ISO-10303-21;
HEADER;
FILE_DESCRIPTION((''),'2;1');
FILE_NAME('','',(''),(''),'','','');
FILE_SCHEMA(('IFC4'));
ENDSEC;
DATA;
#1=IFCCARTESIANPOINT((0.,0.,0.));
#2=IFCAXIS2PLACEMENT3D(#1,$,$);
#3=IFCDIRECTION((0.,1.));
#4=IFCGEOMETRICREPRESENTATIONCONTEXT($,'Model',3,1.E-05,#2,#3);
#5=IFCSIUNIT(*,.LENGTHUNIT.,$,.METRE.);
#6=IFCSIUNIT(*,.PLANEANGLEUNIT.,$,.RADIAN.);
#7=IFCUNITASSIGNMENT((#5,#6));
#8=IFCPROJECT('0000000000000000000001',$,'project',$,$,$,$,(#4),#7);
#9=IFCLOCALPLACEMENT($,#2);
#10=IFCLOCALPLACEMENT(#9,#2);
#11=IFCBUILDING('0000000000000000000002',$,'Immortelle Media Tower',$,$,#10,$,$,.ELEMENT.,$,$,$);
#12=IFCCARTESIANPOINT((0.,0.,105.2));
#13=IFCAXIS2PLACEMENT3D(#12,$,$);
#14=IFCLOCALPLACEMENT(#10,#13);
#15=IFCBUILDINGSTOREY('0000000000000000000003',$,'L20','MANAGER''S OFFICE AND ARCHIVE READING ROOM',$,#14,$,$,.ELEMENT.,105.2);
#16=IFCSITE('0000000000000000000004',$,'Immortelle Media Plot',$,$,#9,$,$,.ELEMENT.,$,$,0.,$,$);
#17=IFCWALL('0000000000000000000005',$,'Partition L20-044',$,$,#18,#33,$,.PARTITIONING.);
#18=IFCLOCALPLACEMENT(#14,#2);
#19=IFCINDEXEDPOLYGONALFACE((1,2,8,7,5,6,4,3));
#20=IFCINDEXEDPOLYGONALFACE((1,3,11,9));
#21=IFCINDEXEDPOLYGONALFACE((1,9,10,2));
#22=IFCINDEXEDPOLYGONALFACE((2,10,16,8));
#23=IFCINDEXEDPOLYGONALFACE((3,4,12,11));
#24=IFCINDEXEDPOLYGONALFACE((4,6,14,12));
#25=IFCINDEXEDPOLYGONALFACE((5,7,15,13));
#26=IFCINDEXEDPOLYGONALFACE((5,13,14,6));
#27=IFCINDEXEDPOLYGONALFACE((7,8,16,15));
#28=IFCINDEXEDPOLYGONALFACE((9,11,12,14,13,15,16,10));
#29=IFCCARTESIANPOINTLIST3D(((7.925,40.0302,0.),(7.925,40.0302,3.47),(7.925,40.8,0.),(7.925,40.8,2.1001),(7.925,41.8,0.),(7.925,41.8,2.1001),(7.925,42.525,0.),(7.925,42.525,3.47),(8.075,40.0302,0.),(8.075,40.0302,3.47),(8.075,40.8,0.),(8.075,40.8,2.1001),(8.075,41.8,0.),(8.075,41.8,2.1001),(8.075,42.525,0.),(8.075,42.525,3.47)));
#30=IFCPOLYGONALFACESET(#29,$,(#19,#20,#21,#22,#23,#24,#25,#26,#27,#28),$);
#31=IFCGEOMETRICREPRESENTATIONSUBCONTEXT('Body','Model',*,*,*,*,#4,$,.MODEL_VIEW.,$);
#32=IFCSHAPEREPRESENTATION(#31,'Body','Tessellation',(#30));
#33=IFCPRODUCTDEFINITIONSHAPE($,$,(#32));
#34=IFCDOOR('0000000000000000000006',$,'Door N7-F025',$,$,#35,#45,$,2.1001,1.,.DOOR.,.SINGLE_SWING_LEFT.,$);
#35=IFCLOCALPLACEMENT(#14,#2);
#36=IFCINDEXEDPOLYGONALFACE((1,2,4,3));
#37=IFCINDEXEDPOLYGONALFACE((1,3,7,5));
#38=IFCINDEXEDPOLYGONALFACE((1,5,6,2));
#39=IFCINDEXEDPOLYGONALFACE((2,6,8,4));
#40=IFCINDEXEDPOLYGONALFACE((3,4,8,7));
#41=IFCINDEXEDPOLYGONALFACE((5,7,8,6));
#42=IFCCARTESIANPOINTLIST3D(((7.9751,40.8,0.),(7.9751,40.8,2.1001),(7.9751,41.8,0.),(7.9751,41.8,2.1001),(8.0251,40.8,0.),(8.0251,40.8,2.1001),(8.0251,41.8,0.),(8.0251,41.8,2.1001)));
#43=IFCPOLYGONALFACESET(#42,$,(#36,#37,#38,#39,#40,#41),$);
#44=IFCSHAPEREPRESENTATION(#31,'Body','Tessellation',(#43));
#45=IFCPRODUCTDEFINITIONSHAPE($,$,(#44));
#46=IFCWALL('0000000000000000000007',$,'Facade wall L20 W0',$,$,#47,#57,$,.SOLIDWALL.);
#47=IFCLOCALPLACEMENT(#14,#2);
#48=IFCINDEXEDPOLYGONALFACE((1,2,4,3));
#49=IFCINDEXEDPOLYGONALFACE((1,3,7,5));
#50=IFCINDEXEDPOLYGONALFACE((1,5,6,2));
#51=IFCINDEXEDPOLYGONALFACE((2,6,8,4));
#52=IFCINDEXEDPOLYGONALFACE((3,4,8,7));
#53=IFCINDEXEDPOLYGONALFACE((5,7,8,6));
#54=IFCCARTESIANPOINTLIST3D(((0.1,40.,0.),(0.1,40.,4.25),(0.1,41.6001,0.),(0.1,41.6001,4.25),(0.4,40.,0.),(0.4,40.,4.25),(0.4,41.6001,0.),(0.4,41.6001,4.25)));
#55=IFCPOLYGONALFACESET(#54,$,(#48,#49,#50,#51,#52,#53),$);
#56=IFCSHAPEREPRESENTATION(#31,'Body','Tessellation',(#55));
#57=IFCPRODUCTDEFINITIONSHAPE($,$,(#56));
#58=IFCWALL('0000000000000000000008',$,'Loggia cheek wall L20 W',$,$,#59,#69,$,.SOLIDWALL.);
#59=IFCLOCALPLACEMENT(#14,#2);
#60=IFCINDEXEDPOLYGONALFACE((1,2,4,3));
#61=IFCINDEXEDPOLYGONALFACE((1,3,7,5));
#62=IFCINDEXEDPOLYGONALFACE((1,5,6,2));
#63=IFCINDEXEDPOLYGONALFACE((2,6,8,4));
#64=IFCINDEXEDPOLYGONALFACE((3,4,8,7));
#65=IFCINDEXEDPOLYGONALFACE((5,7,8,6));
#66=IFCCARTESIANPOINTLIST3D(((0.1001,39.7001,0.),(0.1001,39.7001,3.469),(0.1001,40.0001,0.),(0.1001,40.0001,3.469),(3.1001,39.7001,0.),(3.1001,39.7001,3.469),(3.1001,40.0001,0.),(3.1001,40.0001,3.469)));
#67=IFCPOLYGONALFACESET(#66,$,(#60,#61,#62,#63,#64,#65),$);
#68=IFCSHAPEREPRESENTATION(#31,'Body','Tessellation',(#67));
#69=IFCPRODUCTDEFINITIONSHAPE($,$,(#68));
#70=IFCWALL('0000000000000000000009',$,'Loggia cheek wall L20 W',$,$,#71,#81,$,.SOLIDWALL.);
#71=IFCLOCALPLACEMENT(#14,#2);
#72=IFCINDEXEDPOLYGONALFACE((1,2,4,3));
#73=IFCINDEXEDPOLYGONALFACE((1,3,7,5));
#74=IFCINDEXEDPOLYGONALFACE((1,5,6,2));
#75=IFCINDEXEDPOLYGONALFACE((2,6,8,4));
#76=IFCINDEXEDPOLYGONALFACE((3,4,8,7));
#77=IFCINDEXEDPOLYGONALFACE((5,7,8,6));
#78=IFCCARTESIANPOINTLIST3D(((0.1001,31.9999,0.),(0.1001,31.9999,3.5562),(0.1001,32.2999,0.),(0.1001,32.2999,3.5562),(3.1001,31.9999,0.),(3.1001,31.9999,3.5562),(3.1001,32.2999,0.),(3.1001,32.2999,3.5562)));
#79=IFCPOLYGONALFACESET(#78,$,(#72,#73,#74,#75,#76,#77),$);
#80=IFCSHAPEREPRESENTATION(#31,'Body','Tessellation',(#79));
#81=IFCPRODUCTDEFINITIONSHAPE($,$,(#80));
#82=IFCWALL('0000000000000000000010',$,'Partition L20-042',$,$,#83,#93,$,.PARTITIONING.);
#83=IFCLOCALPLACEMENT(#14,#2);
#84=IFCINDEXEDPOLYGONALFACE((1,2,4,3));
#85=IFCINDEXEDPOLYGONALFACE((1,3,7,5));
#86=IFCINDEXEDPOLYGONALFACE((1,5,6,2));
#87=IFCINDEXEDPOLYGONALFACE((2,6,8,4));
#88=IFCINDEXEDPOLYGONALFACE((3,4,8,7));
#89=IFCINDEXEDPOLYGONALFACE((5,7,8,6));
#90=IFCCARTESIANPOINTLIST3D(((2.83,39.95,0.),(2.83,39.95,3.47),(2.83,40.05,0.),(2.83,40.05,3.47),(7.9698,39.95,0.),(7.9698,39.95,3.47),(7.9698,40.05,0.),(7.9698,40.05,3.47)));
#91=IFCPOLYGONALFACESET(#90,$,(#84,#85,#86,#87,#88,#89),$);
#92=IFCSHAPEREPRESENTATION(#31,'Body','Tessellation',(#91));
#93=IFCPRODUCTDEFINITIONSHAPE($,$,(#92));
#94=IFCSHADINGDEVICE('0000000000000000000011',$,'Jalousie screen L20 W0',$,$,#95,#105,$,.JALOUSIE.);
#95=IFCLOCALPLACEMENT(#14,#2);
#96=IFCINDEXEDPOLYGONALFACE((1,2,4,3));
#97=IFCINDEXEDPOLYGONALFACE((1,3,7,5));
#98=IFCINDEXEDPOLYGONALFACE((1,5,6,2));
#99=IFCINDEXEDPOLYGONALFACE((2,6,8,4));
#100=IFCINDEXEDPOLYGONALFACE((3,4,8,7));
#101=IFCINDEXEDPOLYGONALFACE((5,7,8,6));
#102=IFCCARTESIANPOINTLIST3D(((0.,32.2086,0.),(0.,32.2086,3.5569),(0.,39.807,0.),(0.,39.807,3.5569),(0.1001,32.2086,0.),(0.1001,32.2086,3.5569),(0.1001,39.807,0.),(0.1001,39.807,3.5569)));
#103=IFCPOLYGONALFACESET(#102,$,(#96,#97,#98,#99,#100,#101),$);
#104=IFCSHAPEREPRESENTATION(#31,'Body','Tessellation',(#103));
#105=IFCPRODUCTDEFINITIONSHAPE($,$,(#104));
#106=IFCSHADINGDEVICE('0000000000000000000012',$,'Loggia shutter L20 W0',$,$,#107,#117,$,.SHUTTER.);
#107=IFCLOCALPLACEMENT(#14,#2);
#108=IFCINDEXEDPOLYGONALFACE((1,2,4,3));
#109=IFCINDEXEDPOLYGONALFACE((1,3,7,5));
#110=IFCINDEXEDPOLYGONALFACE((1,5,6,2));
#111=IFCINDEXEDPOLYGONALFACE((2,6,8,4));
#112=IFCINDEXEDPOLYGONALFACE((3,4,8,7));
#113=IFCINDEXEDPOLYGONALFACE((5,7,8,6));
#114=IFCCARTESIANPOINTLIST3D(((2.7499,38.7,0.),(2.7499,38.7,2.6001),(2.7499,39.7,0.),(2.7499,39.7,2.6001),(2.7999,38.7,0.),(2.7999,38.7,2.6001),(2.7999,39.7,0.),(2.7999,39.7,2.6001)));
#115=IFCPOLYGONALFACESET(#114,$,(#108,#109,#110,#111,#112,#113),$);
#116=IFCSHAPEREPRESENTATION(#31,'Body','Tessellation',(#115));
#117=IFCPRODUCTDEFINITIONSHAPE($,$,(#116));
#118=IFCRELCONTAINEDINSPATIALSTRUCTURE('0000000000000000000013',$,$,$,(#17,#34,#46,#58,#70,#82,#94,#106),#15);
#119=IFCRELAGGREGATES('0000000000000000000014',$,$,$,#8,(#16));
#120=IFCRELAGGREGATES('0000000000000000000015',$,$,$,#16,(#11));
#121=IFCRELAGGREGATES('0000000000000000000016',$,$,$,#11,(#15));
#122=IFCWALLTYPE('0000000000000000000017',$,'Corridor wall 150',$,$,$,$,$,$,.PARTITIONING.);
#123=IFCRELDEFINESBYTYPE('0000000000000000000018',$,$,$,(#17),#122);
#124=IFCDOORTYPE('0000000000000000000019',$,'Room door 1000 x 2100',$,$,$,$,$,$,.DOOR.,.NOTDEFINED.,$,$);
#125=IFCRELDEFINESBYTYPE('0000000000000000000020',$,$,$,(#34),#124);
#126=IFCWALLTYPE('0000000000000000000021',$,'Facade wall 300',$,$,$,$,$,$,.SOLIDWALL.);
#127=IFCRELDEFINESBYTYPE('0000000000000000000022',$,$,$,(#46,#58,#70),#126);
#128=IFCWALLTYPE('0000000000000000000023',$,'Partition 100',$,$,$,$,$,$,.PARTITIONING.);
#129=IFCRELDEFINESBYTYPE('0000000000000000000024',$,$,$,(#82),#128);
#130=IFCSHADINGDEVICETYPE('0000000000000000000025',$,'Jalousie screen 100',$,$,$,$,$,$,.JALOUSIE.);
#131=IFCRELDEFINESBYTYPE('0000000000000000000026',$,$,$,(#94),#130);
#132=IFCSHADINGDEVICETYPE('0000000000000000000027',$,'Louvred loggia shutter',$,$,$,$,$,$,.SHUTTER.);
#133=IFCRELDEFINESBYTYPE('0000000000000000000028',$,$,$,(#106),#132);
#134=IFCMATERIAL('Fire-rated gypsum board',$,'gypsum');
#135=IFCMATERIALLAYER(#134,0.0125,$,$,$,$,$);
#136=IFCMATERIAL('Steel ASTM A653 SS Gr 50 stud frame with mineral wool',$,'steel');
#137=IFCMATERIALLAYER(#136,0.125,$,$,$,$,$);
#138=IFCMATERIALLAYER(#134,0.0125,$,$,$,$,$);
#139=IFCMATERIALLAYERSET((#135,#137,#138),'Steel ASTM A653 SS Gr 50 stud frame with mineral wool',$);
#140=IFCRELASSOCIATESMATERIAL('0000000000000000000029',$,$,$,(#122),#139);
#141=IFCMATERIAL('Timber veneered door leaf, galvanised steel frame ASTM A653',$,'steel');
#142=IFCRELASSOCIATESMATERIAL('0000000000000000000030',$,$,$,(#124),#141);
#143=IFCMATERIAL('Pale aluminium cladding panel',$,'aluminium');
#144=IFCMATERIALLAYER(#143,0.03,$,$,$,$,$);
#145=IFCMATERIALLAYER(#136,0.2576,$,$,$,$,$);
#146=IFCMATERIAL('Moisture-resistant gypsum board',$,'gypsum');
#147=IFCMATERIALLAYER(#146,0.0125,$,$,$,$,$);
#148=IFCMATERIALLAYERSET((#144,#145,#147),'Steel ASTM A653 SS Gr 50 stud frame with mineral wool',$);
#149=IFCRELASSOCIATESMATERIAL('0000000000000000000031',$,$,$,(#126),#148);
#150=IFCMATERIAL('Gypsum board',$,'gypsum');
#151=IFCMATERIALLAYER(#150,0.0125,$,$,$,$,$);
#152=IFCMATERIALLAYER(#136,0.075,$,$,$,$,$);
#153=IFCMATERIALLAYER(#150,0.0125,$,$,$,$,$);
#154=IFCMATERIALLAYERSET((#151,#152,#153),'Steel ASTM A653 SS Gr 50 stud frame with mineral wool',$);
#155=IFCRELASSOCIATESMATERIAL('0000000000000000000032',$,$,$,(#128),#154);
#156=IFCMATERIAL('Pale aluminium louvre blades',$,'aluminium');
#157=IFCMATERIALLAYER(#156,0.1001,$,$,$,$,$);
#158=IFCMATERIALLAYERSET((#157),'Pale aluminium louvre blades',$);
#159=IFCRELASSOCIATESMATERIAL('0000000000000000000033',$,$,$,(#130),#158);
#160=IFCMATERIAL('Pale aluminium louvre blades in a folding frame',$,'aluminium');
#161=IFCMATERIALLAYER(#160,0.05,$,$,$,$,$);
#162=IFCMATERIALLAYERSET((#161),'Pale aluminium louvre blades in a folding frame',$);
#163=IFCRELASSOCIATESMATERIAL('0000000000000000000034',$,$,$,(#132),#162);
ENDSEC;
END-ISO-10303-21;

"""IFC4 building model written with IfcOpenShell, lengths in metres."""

from ifc_helpers import new_model, si_unit, direction, frame, frame_2d, origin, origin_2d, place, context, subcontext, project, spatial, rectangle, extrude, material, layer, layer_set, type_object, element, fill, save


model = new_model("IFC4")

# Units and contexts
model_context = context("Model", 3, precision=1e-05, world=origin(), true_north=direction((0.0, 1.0)))
body_context = subcontext(model_context, "Body", "Model", "MODEL_VIEW")
ifc_project = project(units=[si_unit("LENGTHUNIT", "METRE"), si_unit("PLANEANGLEUNIT", "RADIAN")], contexts=[model_context])

# Site, building, storey
site_placement = place(None, origin())
site = spatial("IfcSite", under=ifc_project, at=site_placement, Name="Immortelle Media Plot", CompositionType="ELEMENT", RefElevation=0.0)
building_placement = place(site_placement, origin())
building = spatial("IfcBuilding", under=site, at=building_placement, Name="Immortelle Media Tower", CompositionType="ELEMENT")
storey_placement = place(building_placement, frame((0.0, 0.0, 105.2)))
storey = spatial("IfcBuildingStorey", under=building, at=storey_placement, Name="L20", Description="MANAGER'S OFFICE AND ARCHIVE READING ROOM", CompositionType="ELEMENT", Elevation=105.2)

# Wall, opening, door
ifc_material_1 = material(Name="Fire-rated gypsum board", Category="gypsum")
ifc_layer_1 = layer(ifc_material_1, 0.0125)
ifc_material_2 = material(Name="Steel ASTM A653 SS Gr 50 stud frame with mineral wool", Category="steel")
ifc_layer_2 = layer(ifc_material_2, 0.125)
ifc_layer_3 = layer(ifc_material_1, 0.0125)
ifc_layer_set_1 = layer_set([ifc_layer_1, ifc_layer_2, ifc_layer_3], Name="Steel ASTM A653 SS Gr 50 stud frame with mineral wool")
wall_type_1 = type_object("IfcWallType", Name="Corridor wall 150", PredefinedType="PARTITIONING", material=ifc_layer_set_1)
wall_1_placement = place(storey_placement, frame((8.0, 40.03, 0.0), z_axis=(0.0, 0.0, 1.0), x_axis=(0.0, 1.0, 0.0)))
wall_1 = element("IfcWall", 1, at=wall_1_placement, inside=storey, type_object=wall_type_1, Name="Partition L20-044", PredefinedType="PARTITIONING", context=body_context, shape_type="SweptSolid", body=[
    extrude(rectangle(XDim=2.4949, YDim=0.1499, at=frame_2d((1.2476, 0.0))), origin(), (0.0, 0.0, 1.0), 3.47),
])
opening_1_placement = place(wall_1_placement, frame((0.77, 0.0, 0.0)))
opening_1 = element("IfcOpeningElement", 2, at=opening_1_placement, cuts=wall_1, PredefinedType="OPENING", context=body_context, shape_type="SweptSolid", body=[
    extrude(rectangle(XDim=1.0, YDim=2.1001, at=frame_2d((0.5, 1.05))), frame((0.0, 0.085, 0.0), z_axis=(0.0, -1.0, 0.0), x_axis=(1.0, 0.0, 0.0)), (0.0, 0.0, 1.0), 0.1699),
])
ifc_material_3 = material(Name="Timber veneered door leaf, galvanised steel frame ASTM A653", Category="steel")
door_type_1 = type_object("IfcDoorType", Name="Room door 1000 x 2100", OperationType="NOTDEFINED", PredefinedType="DOOR", material=ifc_material_3)
door_1_placement = place(opening_1_placement, origin())
door_1 = element("IfcDoor", 3, at=door_1_placement, inside=storey, type_object=door_type_1, Name="Door N7-F025", OperationType="SINGLE_SWING_LEFT", OverallHeight=2.1001, OverallWidth=1.0, PredefinedType="DOOR", context=body_context, shape_type="SweptSolid", body=[
    extrude(rectangle(XDim=1.0, YDim=2.1001, at=frame_2d((0.5, 1.05))), frame((0.0, 0.0249, 0.0), z_axis=(0.0, -1.0, 0.0), x_axis=(1.0, 0.0, 0.0)), (0.0, 0.0, 1.0), 0.05),
])
fill(opening_1, door_1)

# Wall
ifc_material_4 = material(Name="Pale aluminium cladding panel", Category="aluminium")
ifc_layer_4 = layer(ifc_material_4, 0.03)
ifc_layer_5 = layer(ifc_material_2, 0.2576)
ifc_material_5 = material(Name="Moisture-resistant gypsum board", Category="gypsum")
ifc_layer_6 = layer(ifc_material_5, 0.0125)
ifc_layer_set_2 = layer_set([ifc_layer_4, ifc_layer_5, ifc_layer_6], Name="Steel ASTM A653 SS Gr 50 stud frame with mineral wool")
wall_type_2 = type_object("IfcWallType", Name="Facade wall 300", PredefinedType="SOLIDWALL", material=ifc_layer_set_2)
wall_2_placement = place(storey_placement, frame((0.25, 41.6001, 0.0), z_axis=(0.0, 0.0, 1.0), x_axis=(0.0, -1.0, 0.0)))
element("IfcWall", 4, at=wall_2_placement, inside=storey, type_object=wall_type_2, Name="Facade wall L20 W0", PredefinedType="SOLIDWALL", context=body_context, shape_type="SweptSolid", body=[
    extrude(rectangle(XDim=1.6001, YDim=0.3, at=frame_2d((0.8, 0.0))), origin(), (0.0, 0.0, 1.0), 4.25),
])

# Walls
wall_3_placement = place(storey_placement, frame((0.1001, 39.8501, 0.0), z_axis=(0.0, 0.0, 1.0), x_axis=(1.0, 0.0, 0.0)))
element("IfcWall", 5, at=wall_3_placement, inside=storey, type_object=wall_type_2, Name="Loggia cheek wall L20 W", PredefinedType="SOLIDWALL", context=body_context, shape_type="SweptSolid", body=[
    extrude(rectangle(XDim=3.0, YDim=0.3, at=frame_2d((1.5, 0.0))), origin(), (0.0, 0.0, 1.0), 3.469),
])
wall_4_placement = place(storey_placement, frame((0.1001, 32.1499, 0.0), z_axis=(0.0, 0.0, 1.0), x_axis=(1.0, 0.0, 0.0)))
element("IfcWall", 6, at=wall_4_placement, inside=storey, type_object=wall_type_2, Name="Loggia cheek wall L20 W", PredefinedType="SOLIDWALL", context=body_context, shape_type="SweptSolid", body=[
    extrude(rectangle(XDim=3.0, YDim=0.3, at=frame_2d((1.5, 0.0))), origin(), (0.0, 0.0, 1.0), 3.5562),
])
ifc_material_6 = material(Name="Gypsum board", Category="gypsum")
ifc_layer_7 = layer(ifc_material_6, 0.0125)
ifc_layer_8 = layer(ifc_material_2, 0.075)
ifc_layer_9 = layer(ifc_material_6, 0.0125)
ifc_layer_set_3 = layer_set([ifc_layer_7, ifc_layer_8, ifc_layer_9], Name="Steel ASTM A653 SS Gr 50 stud frame with mineral wool")
wall_type_3 = type_object("IfcWallType", Name="Partition 100", PredefinedType="PARTITIONING", material=ifc_layer_set_3)
wall_5_placement = place(storey_placement, frame((2.8301, 40.0, 0.0), z_axis=(0.0, 0.0, 1.0), x_axis=(1.0, 0.0, 0.0)))
element("IfcWall", 7, at=wall_5_placement, inside=storey, type_object=wall_type_3, Name="Partition L20-042", PredefinedType="PARTITIONING", context=body_context, shape_type="SweptSolid", body=[
    extrude(rectangle(XDim=5.1399, YDim=0.1001, at=frame_2d((2.5698, 0.0))), origin(), (0.0, 0.0, 1.0), 3.47),
])

# Shading devices
ifc_material_7 = material(Name="Pale aluminium louvre blades", Category="aluminium")
ifc_layer_10 = layer(ifc_material_7, 0.1001)
ifc_layer_set_4 = layer_set([ifc_layer_10], Name="Pale aluminium louvre blades")
shading_device_type_1 = type_object("IfcShadingDeviceType", Name="Jalousie screen 100", PredefinedType="JALOUSIE", material=ifc_layer_set_4)
shading_device_1_placement = place(storey_placement, frame((0.05, 36.0078, 0.0), z_axis=(0.0, 0.0, 1.0), x_axis=(0.0, -1.0, 0.0)))
element("IfcShadingDevice", 8, at=shading_device_1_placement, inside=storey, type_object=shading_device_type_1, Name="Jalousie screen L20 W0", PredefinedType="JALOUSIE", context=body_context, shape_type="SweptSolid", body=[
    extrude(rectangle(XDim=7.5984, YDim=0.1001, at=origin_2d()), origin(), (0.0, 0.0, 1.0), 3.5569),
])
ifc_material_8 = material(Name="Pale aluminium louvre blades in a folding frame", Category="aluminium")
ifc_layer_11 = layer(ifc_material_8, 0.05)
ifc_layer_set_5 = layer_set([ifc_layer_11], Name="Pale aluminium louvre blades in a folding frame")
shading_device_type_2 = type_object("IfcShadingDeviceType", Name="Louvred loggia shutter", PredefinedType="SHUTTER", material=ifc_layer_set_5)
shading_device_2_placement = place(storey_placement, frame((2.7749, 39.2, 0.0), z_axis=(0.0, 0.0, 1.0), x_axis=(0.0, -1.0, 0.0)))
element("IfcShadingDevice", 9, at=shading_device_2_placement, inside=storey, type_object=shading_device_type_2, Name="Loggia shutter L20 W0", PredefinedType="SHUTTER", context=body_context, shape_type="SweptSolid", body=[
    extrude(rectangle(XDim=1.0, YDim=0.05, at=origin_2d()), origin(), (0.0, 0.0, 1.0), 2.6001),
])

save(model, "model.ifc")
